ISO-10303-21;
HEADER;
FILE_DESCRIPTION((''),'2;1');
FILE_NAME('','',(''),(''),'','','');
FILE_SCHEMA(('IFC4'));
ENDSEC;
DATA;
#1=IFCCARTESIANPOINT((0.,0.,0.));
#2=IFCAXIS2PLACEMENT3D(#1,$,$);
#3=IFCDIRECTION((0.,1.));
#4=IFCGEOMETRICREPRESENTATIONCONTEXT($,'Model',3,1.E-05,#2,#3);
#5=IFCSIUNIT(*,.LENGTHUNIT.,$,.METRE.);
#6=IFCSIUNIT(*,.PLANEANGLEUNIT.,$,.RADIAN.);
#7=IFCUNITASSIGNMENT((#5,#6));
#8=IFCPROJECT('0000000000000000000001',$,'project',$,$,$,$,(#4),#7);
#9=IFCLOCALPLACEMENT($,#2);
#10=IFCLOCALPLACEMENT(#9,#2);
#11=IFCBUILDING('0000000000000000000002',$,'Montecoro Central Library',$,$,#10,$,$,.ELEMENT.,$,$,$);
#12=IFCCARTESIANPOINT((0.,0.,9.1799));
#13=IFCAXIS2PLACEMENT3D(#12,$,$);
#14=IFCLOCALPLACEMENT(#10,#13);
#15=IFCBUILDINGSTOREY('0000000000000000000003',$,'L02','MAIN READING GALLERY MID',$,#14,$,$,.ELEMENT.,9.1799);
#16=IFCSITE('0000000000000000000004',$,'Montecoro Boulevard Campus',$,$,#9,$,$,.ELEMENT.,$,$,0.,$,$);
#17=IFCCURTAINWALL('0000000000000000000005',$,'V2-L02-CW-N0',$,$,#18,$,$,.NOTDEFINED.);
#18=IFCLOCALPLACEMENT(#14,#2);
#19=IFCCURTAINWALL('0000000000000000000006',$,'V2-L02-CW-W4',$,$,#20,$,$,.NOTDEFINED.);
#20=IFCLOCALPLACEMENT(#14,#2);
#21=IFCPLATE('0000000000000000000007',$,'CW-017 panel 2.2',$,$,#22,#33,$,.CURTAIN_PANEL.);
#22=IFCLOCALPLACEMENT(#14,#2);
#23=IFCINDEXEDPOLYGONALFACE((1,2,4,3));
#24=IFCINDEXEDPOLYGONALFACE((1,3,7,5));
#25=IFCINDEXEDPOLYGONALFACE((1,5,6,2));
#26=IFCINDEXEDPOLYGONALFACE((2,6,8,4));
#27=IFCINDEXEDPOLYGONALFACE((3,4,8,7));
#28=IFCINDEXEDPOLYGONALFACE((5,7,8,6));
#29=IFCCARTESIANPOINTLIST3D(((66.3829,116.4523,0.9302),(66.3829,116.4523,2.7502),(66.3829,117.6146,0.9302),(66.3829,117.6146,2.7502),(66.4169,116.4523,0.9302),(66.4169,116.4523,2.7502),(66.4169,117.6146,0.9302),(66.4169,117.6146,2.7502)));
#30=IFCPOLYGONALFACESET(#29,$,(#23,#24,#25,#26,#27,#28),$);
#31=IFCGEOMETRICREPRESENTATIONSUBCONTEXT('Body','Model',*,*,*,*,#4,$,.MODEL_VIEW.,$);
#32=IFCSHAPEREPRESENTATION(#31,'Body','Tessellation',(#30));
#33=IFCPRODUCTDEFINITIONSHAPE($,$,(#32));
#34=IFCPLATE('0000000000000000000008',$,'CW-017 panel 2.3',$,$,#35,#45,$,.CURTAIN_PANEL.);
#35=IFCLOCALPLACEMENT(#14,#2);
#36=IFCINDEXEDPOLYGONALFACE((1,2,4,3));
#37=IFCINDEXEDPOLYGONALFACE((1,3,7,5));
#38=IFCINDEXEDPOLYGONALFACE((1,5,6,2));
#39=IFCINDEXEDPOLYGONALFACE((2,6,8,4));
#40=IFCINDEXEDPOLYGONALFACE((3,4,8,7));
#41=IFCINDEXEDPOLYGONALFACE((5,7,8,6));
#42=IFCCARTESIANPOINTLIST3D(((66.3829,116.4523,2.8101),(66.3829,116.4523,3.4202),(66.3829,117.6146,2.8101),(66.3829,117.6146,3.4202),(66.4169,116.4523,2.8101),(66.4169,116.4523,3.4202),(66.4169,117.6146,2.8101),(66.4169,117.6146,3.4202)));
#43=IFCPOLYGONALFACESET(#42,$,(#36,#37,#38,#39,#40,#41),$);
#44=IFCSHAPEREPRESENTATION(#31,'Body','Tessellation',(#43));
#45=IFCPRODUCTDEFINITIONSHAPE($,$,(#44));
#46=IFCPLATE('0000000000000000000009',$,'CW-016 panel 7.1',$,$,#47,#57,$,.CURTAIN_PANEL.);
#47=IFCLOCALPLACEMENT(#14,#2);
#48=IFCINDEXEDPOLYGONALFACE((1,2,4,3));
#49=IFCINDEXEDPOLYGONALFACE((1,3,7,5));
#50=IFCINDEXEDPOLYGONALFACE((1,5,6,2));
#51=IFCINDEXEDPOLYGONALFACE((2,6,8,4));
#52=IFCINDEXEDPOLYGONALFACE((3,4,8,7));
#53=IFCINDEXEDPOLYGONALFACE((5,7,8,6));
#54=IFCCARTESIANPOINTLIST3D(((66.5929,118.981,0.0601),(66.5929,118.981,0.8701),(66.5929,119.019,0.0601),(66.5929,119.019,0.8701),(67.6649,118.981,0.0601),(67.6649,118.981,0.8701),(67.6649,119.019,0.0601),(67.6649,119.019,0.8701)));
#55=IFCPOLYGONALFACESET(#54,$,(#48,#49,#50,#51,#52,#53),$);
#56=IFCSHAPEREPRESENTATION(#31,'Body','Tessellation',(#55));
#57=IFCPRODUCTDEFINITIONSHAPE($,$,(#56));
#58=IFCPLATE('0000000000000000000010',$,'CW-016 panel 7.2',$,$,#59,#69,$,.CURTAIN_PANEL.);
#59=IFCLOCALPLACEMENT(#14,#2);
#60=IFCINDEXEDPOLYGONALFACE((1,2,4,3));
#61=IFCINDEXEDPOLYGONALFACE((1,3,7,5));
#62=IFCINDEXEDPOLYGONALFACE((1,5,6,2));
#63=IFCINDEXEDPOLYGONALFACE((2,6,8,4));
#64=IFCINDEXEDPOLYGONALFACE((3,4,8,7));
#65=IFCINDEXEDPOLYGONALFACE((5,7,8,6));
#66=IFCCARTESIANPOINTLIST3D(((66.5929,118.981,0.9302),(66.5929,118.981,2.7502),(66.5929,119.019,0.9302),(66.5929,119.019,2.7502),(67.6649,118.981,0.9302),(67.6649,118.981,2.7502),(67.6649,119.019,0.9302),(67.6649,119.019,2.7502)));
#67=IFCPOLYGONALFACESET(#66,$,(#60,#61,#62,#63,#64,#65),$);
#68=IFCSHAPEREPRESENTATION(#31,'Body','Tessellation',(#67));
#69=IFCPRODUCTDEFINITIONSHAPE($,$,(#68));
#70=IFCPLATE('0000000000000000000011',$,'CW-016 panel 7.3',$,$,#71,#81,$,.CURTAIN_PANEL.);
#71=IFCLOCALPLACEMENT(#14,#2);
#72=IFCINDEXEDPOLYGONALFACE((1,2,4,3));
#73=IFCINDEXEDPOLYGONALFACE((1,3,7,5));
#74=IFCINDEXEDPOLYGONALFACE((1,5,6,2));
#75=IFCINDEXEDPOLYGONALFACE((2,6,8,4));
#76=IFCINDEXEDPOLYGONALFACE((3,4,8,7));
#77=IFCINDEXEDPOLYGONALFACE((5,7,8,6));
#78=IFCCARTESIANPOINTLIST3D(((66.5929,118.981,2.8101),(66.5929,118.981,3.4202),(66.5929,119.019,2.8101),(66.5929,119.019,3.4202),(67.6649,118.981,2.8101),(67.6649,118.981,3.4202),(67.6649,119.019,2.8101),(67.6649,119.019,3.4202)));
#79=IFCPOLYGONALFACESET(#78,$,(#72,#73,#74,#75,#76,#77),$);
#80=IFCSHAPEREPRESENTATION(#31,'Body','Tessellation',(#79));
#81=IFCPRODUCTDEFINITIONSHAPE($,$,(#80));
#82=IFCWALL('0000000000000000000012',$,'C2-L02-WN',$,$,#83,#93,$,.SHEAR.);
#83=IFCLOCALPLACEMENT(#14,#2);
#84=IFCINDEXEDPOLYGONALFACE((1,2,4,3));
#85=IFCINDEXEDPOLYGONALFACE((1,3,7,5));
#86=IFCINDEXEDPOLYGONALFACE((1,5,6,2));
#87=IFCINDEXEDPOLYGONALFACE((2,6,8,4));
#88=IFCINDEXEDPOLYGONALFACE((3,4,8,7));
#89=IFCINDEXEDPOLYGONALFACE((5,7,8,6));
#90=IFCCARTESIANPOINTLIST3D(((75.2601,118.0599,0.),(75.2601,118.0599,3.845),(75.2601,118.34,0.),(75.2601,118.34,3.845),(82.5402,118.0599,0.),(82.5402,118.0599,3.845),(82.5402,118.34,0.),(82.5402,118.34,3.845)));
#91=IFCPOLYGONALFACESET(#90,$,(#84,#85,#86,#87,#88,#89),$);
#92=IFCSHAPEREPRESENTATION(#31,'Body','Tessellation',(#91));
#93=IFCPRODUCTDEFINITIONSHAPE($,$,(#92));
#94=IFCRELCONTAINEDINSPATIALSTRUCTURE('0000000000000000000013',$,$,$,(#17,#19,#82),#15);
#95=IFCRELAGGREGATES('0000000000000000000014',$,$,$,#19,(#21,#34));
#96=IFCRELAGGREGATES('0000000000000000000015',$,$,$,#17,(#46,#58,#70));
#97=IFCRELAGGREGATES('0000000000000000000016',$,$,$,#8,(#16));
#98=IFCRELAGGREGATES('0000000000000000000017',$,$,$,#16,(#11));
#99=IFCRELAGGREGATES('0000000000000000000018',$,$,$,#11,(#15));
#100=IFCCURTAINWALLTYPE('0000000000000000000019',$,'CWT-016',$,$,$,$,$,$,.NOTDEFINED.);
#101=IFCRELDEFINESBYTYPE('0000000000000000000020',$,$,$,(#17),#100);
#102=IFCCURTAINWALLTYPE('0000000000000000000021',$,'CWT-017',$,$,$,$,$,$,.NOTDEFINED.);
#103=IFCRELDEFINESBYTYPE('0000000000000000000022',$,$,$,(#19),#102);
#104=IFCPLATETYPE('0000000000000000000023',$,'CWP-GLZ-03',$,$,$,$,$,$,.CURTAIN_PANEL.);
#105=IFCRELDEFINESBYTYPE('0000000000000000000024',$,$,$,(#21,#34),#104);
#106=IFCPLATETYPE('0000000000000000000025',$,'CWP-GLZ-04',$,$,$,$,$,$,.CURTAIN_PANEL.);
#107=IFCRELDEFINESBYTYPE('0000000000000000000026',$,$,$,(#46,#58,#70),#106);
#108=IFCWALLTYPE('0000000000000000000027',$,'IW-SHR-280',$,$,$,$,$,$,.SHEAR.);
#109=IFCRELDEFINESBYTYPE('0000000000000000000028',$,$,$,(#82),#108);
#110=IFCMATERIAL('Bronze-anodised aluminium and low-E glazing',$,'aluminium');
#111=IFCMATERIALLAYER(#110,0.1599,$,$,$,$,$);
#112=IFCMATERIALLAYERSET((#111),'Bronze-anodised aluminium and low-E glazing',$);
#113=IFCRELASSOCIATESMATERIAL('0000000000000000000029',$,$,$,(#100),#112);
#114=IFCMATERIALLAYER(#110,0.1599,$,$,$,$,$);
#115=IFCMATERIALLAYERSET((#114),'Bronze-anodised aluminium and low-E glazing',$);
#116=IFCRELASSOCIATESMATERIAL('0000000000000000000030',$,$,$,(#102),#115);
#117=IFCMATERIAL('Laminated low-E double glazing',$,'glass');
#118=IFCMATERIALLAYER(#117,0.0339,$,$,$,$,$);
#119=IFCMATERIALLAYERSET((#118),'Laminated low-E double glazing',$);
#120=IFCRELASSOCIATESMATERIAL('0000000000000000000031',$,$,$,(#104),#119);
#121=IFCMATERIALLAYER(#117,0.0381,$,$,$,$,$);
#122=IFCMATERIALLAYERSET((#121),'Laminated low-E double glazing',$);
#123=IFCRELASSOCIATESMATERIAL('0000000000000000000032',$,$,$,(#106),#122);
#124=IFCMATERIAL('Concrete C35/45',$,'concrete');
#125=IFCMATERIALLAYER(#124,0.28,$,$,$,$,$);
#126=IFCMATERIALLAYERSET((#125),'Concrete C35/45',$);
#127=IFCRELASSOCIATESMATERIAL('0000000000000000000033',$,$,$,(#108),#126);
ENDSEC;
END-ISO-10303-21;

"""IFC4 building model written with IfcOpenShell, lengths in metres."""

from ifc_helpers import new_model, si_unit, direction, frame, frame_2d, origin, origin_2d, place, context, subcontext, project, spatial, rectangle, extrude, material, layer, layer_set, type_object, element, aggregate, save


model = new_model("IFC4")

# Units and contexts
model_context = context("Model", 3, precision=1e-05, world=origin(), true_north=direction((0.0, 1.0)))
body_context = subcontext(model_context, "Body", "Model", "MODEL_VIEW")
ifc_project = project(units=[si_unit("LENGTHUNIT", "METRE"), si_unit("PLANEANGLEUNIT", "RADIAN")], contexts=[model_context])

# Site, building, storey
site_placement = place(None, origin())
site = spatial("IfcSite", under=ifc_project, at=site_placement, Name="Montecoro Boulevard Campus", CompositionType="ELEMENT", RefElevation=0.0)
building_placement = place(site_placement, origin())
building = spatial("IfcBuilding", under=site, at=building_placement, Name="Montecoro Central Library", CompositionType="ELEMENT")
storey_placement = place(building_placement, frame((0.0, 0.0, 9.1799)))
storey = spatial("IfcBuildingStorey", under=building, at=storey_placement, Name="L02", Description="MAIN READING GALLERY MID", CompositionType="ELEMENT", Elevation=9.1799)

# Curtain wall
ifc_material_1 = material(Name="Bronze-anodised aluminium and low-E glazing", Category="aluminium")
ifc_layer_1 = layer(ifc_material_1, 0.1599)
ifc_layer_set_1 = layer_set([ifc_layer_1], Name="Bronze-anodised aluminium and low-E glazing")
curtain_wall_type_1 = type_object("IfcCurtainWallType", Name="CWT-016", PredefinedType="NOTDEFINED", material=ifc_layer_set_1)
curtain_wall_1_placement = place(storey_placement, origin())
curtain_wall_1 = element("IfcCurtainWall", 1, at=curtain_wall_1_placement, inside=storey, type_object=curtain_wall_type_1, Name="V2-L02-CW-N0", PredefinedType="NOTDEFINED")

# Curtain wall
ifc_layer_2 = layer(ifc_material_1, 0.1599)
ifc_layer_set_2 = layer_set([ifc_layer_2], Name="Bronze-anodised aluminium and low-E glazing")
curtain_wall_type_2 = type_object("IfcCurtainWallType", Name="CWT-017", PredefinedType="NOTDEFINED", material=ifc_layer_set_2)
curtain_wall_2_placement = place(storey_placement, origin())
curtain_wall_2 = element("IfcCurtainWall", 2, at=curtain_wall_2_placement, inside=storey, type_object=curtain_wall_type_2, Name="V2-L02-CW-W4", PredefinedType="NOTDEFINED")

# Plates
ifc_material_2 = material(Name="Laminated low-E double glazing", Category="glass")
ifc_layer_3 = layer(ifc_material_2, 0.0339)
ifc_layer_set_3 = layer_set([ifc_layer_3], Name="Laminated low-E double glazing")
plate_type_1 = type_object("IfcPlateType", Name="CWP-GLZ-03", PredefinedType="CURTAIN_PANEL", material=ifc_layer_set_3)
plate_1_placement = place(storey_placement, frame((66.3999, 117.0334, 0.9302), z_axis=(0.0, 0.0, 1.0), x_axis=(0.0, -1.0, 0.0)))
plate_1 = element("IfcPlate", 3, at=plate_1_placement, type_object=plate_type_1, Name="CW-017 panel 2.2", PredefinedType="CURTAIN_PANEL", context=body_context, shape_type="SweptSolid", body=[
    extrude(rectangle(XDim=1.1624, YDim=0.0339, at=origin_2d()), origin(), (0.0, 0.0, 1.0), 1.8201),
])
plate_2_placement = place(storey_placement, frame((66.3999, 117.0334, 2.8101), z_axis=(0.0, 0.0, 1.0), x_axis=(0.0, -1.0, 0.0)))
plate_2 = element("IfcPlate", 4, at=plate_2_placement, type_object=plate_type_1, Name="CW-017 panel 2.3", PredefinedType="CURTAIN_PANEL", context=body_context, shape_type="SweptSolid", body=[
    extrude(rectangle(XDim=1.1624, YDim=0.0339, at=origin_2d()), origin(), (0.0, 0.0, 1.0), 0.6101),
])
aggregate(curtain_wall_2, [plate_1, plate_2])
ifc_layer_4 = layer(ifc_material_2, 0.0381)
ifc_layer_set_4 = layer_set([ifc_layer_4], Name="Laminated low-E double glazing")
plate_type_2 = type_object("IfcPlateType", Name="CWP-GLZ-04", PredefinedType="CURTAIN_PANEL", material=ifc_layer_set_4)
plate_3_placement = place(storey_placement, frame((67.1289, 119.0, 0.0601), z_axis=(0.0, 0.0, 1.0), x_axis=(-1.0, 0.0, 0.0)))
plate_3 = element("IfcPlate", 5, at=plate_3_placement, type_object=plate_type_2, Name="CW-016 panel 7.1", PredefinedType="CURTAIN_PANEL", context=body_context, shape_type="SweptSolid", body=[
    extrude(rectangle(XDim=1.072, YDim=0.0381, at=origin_2d()), origin(), (0.0, 0.0, 1.0), 0.8101),
])
plate_4_placement = place(storey_placement, frame((67.1289, 119.0, 0.9302), z_axis=(0.0, 0.0, 1.0), x_axis=(-1.0, 0.0, 0.0)))
plate_4 = element("IfcPlate", 6, at=plate_4_placement, type_object=plate_type_2, Name="CW-016 panel 7.2", PredefinedType="CURTAIN_PANEL", context=body_context, shape_type="SweptSolid", body=[
    extrude(rectangle(XDim=1.072, YDim=0.0381, at=origin_2d()), origin(), (0.0, 0.0, 1.0), 1.8201),
])
plate_5_placement = place(storey_placement, frame((67.1289, 119.0, 2.8101), z_axis=(0.0, 0.0, 1.0), x_axis=(-1.0, 0.0, 0.0)))
plate_5 = element("IfcPlate", 7, at=plate_5_placement, type_object=plate_type_2, Name="CW-016 panel 7.3", PredefinedType="CURTAIN_PANEL", context=body_context, shape_type="SweptSolid", body=[
    extrude(rectangle(XDim=1.072, YDim=0.0381, at=origin_2d()), origin(), (0.0, 0.0, 1.0), 0.6101),
])
aggregate(curtain_wall_1, [plate_3, plate_4, plate_5])

# Wall
ifc_material_3 = material(Name="Concrete C35/45", Category="concrete")
ifc_layer_5 = layer(ifc_material_3, 0.28)
ifc_layer_set_5 = layer_set([ifc_layer_5], Name="Concrete C35/45")
wall_type = type_object("IfcWallType", Name="IW-SHR-280", PredefinedType="SHEAR", material=ifc_layer_set_5)
wall_placement = place(storey_placement, frame((75.26, 118.2, 0.0), z_axis=(0.0, 0.0, 1.0), x_axis=(1.0, 0.0, 0.0)))
element("IfcWall", 8, at=wall_placement, inside=storey, type_object=wall_type, Name="C2-L02-WN", PredefinedType="SHEAR", context=body_context, shape_type="SweptSolid", body=[
    extrude(rectangle(XDim=7.28, YDim=0.28, at=frame_2d((3.6401, 0.0))), origin(), (0.0, 0.0, 1.0), 3.845),
])

save(model, "model.ifc")
